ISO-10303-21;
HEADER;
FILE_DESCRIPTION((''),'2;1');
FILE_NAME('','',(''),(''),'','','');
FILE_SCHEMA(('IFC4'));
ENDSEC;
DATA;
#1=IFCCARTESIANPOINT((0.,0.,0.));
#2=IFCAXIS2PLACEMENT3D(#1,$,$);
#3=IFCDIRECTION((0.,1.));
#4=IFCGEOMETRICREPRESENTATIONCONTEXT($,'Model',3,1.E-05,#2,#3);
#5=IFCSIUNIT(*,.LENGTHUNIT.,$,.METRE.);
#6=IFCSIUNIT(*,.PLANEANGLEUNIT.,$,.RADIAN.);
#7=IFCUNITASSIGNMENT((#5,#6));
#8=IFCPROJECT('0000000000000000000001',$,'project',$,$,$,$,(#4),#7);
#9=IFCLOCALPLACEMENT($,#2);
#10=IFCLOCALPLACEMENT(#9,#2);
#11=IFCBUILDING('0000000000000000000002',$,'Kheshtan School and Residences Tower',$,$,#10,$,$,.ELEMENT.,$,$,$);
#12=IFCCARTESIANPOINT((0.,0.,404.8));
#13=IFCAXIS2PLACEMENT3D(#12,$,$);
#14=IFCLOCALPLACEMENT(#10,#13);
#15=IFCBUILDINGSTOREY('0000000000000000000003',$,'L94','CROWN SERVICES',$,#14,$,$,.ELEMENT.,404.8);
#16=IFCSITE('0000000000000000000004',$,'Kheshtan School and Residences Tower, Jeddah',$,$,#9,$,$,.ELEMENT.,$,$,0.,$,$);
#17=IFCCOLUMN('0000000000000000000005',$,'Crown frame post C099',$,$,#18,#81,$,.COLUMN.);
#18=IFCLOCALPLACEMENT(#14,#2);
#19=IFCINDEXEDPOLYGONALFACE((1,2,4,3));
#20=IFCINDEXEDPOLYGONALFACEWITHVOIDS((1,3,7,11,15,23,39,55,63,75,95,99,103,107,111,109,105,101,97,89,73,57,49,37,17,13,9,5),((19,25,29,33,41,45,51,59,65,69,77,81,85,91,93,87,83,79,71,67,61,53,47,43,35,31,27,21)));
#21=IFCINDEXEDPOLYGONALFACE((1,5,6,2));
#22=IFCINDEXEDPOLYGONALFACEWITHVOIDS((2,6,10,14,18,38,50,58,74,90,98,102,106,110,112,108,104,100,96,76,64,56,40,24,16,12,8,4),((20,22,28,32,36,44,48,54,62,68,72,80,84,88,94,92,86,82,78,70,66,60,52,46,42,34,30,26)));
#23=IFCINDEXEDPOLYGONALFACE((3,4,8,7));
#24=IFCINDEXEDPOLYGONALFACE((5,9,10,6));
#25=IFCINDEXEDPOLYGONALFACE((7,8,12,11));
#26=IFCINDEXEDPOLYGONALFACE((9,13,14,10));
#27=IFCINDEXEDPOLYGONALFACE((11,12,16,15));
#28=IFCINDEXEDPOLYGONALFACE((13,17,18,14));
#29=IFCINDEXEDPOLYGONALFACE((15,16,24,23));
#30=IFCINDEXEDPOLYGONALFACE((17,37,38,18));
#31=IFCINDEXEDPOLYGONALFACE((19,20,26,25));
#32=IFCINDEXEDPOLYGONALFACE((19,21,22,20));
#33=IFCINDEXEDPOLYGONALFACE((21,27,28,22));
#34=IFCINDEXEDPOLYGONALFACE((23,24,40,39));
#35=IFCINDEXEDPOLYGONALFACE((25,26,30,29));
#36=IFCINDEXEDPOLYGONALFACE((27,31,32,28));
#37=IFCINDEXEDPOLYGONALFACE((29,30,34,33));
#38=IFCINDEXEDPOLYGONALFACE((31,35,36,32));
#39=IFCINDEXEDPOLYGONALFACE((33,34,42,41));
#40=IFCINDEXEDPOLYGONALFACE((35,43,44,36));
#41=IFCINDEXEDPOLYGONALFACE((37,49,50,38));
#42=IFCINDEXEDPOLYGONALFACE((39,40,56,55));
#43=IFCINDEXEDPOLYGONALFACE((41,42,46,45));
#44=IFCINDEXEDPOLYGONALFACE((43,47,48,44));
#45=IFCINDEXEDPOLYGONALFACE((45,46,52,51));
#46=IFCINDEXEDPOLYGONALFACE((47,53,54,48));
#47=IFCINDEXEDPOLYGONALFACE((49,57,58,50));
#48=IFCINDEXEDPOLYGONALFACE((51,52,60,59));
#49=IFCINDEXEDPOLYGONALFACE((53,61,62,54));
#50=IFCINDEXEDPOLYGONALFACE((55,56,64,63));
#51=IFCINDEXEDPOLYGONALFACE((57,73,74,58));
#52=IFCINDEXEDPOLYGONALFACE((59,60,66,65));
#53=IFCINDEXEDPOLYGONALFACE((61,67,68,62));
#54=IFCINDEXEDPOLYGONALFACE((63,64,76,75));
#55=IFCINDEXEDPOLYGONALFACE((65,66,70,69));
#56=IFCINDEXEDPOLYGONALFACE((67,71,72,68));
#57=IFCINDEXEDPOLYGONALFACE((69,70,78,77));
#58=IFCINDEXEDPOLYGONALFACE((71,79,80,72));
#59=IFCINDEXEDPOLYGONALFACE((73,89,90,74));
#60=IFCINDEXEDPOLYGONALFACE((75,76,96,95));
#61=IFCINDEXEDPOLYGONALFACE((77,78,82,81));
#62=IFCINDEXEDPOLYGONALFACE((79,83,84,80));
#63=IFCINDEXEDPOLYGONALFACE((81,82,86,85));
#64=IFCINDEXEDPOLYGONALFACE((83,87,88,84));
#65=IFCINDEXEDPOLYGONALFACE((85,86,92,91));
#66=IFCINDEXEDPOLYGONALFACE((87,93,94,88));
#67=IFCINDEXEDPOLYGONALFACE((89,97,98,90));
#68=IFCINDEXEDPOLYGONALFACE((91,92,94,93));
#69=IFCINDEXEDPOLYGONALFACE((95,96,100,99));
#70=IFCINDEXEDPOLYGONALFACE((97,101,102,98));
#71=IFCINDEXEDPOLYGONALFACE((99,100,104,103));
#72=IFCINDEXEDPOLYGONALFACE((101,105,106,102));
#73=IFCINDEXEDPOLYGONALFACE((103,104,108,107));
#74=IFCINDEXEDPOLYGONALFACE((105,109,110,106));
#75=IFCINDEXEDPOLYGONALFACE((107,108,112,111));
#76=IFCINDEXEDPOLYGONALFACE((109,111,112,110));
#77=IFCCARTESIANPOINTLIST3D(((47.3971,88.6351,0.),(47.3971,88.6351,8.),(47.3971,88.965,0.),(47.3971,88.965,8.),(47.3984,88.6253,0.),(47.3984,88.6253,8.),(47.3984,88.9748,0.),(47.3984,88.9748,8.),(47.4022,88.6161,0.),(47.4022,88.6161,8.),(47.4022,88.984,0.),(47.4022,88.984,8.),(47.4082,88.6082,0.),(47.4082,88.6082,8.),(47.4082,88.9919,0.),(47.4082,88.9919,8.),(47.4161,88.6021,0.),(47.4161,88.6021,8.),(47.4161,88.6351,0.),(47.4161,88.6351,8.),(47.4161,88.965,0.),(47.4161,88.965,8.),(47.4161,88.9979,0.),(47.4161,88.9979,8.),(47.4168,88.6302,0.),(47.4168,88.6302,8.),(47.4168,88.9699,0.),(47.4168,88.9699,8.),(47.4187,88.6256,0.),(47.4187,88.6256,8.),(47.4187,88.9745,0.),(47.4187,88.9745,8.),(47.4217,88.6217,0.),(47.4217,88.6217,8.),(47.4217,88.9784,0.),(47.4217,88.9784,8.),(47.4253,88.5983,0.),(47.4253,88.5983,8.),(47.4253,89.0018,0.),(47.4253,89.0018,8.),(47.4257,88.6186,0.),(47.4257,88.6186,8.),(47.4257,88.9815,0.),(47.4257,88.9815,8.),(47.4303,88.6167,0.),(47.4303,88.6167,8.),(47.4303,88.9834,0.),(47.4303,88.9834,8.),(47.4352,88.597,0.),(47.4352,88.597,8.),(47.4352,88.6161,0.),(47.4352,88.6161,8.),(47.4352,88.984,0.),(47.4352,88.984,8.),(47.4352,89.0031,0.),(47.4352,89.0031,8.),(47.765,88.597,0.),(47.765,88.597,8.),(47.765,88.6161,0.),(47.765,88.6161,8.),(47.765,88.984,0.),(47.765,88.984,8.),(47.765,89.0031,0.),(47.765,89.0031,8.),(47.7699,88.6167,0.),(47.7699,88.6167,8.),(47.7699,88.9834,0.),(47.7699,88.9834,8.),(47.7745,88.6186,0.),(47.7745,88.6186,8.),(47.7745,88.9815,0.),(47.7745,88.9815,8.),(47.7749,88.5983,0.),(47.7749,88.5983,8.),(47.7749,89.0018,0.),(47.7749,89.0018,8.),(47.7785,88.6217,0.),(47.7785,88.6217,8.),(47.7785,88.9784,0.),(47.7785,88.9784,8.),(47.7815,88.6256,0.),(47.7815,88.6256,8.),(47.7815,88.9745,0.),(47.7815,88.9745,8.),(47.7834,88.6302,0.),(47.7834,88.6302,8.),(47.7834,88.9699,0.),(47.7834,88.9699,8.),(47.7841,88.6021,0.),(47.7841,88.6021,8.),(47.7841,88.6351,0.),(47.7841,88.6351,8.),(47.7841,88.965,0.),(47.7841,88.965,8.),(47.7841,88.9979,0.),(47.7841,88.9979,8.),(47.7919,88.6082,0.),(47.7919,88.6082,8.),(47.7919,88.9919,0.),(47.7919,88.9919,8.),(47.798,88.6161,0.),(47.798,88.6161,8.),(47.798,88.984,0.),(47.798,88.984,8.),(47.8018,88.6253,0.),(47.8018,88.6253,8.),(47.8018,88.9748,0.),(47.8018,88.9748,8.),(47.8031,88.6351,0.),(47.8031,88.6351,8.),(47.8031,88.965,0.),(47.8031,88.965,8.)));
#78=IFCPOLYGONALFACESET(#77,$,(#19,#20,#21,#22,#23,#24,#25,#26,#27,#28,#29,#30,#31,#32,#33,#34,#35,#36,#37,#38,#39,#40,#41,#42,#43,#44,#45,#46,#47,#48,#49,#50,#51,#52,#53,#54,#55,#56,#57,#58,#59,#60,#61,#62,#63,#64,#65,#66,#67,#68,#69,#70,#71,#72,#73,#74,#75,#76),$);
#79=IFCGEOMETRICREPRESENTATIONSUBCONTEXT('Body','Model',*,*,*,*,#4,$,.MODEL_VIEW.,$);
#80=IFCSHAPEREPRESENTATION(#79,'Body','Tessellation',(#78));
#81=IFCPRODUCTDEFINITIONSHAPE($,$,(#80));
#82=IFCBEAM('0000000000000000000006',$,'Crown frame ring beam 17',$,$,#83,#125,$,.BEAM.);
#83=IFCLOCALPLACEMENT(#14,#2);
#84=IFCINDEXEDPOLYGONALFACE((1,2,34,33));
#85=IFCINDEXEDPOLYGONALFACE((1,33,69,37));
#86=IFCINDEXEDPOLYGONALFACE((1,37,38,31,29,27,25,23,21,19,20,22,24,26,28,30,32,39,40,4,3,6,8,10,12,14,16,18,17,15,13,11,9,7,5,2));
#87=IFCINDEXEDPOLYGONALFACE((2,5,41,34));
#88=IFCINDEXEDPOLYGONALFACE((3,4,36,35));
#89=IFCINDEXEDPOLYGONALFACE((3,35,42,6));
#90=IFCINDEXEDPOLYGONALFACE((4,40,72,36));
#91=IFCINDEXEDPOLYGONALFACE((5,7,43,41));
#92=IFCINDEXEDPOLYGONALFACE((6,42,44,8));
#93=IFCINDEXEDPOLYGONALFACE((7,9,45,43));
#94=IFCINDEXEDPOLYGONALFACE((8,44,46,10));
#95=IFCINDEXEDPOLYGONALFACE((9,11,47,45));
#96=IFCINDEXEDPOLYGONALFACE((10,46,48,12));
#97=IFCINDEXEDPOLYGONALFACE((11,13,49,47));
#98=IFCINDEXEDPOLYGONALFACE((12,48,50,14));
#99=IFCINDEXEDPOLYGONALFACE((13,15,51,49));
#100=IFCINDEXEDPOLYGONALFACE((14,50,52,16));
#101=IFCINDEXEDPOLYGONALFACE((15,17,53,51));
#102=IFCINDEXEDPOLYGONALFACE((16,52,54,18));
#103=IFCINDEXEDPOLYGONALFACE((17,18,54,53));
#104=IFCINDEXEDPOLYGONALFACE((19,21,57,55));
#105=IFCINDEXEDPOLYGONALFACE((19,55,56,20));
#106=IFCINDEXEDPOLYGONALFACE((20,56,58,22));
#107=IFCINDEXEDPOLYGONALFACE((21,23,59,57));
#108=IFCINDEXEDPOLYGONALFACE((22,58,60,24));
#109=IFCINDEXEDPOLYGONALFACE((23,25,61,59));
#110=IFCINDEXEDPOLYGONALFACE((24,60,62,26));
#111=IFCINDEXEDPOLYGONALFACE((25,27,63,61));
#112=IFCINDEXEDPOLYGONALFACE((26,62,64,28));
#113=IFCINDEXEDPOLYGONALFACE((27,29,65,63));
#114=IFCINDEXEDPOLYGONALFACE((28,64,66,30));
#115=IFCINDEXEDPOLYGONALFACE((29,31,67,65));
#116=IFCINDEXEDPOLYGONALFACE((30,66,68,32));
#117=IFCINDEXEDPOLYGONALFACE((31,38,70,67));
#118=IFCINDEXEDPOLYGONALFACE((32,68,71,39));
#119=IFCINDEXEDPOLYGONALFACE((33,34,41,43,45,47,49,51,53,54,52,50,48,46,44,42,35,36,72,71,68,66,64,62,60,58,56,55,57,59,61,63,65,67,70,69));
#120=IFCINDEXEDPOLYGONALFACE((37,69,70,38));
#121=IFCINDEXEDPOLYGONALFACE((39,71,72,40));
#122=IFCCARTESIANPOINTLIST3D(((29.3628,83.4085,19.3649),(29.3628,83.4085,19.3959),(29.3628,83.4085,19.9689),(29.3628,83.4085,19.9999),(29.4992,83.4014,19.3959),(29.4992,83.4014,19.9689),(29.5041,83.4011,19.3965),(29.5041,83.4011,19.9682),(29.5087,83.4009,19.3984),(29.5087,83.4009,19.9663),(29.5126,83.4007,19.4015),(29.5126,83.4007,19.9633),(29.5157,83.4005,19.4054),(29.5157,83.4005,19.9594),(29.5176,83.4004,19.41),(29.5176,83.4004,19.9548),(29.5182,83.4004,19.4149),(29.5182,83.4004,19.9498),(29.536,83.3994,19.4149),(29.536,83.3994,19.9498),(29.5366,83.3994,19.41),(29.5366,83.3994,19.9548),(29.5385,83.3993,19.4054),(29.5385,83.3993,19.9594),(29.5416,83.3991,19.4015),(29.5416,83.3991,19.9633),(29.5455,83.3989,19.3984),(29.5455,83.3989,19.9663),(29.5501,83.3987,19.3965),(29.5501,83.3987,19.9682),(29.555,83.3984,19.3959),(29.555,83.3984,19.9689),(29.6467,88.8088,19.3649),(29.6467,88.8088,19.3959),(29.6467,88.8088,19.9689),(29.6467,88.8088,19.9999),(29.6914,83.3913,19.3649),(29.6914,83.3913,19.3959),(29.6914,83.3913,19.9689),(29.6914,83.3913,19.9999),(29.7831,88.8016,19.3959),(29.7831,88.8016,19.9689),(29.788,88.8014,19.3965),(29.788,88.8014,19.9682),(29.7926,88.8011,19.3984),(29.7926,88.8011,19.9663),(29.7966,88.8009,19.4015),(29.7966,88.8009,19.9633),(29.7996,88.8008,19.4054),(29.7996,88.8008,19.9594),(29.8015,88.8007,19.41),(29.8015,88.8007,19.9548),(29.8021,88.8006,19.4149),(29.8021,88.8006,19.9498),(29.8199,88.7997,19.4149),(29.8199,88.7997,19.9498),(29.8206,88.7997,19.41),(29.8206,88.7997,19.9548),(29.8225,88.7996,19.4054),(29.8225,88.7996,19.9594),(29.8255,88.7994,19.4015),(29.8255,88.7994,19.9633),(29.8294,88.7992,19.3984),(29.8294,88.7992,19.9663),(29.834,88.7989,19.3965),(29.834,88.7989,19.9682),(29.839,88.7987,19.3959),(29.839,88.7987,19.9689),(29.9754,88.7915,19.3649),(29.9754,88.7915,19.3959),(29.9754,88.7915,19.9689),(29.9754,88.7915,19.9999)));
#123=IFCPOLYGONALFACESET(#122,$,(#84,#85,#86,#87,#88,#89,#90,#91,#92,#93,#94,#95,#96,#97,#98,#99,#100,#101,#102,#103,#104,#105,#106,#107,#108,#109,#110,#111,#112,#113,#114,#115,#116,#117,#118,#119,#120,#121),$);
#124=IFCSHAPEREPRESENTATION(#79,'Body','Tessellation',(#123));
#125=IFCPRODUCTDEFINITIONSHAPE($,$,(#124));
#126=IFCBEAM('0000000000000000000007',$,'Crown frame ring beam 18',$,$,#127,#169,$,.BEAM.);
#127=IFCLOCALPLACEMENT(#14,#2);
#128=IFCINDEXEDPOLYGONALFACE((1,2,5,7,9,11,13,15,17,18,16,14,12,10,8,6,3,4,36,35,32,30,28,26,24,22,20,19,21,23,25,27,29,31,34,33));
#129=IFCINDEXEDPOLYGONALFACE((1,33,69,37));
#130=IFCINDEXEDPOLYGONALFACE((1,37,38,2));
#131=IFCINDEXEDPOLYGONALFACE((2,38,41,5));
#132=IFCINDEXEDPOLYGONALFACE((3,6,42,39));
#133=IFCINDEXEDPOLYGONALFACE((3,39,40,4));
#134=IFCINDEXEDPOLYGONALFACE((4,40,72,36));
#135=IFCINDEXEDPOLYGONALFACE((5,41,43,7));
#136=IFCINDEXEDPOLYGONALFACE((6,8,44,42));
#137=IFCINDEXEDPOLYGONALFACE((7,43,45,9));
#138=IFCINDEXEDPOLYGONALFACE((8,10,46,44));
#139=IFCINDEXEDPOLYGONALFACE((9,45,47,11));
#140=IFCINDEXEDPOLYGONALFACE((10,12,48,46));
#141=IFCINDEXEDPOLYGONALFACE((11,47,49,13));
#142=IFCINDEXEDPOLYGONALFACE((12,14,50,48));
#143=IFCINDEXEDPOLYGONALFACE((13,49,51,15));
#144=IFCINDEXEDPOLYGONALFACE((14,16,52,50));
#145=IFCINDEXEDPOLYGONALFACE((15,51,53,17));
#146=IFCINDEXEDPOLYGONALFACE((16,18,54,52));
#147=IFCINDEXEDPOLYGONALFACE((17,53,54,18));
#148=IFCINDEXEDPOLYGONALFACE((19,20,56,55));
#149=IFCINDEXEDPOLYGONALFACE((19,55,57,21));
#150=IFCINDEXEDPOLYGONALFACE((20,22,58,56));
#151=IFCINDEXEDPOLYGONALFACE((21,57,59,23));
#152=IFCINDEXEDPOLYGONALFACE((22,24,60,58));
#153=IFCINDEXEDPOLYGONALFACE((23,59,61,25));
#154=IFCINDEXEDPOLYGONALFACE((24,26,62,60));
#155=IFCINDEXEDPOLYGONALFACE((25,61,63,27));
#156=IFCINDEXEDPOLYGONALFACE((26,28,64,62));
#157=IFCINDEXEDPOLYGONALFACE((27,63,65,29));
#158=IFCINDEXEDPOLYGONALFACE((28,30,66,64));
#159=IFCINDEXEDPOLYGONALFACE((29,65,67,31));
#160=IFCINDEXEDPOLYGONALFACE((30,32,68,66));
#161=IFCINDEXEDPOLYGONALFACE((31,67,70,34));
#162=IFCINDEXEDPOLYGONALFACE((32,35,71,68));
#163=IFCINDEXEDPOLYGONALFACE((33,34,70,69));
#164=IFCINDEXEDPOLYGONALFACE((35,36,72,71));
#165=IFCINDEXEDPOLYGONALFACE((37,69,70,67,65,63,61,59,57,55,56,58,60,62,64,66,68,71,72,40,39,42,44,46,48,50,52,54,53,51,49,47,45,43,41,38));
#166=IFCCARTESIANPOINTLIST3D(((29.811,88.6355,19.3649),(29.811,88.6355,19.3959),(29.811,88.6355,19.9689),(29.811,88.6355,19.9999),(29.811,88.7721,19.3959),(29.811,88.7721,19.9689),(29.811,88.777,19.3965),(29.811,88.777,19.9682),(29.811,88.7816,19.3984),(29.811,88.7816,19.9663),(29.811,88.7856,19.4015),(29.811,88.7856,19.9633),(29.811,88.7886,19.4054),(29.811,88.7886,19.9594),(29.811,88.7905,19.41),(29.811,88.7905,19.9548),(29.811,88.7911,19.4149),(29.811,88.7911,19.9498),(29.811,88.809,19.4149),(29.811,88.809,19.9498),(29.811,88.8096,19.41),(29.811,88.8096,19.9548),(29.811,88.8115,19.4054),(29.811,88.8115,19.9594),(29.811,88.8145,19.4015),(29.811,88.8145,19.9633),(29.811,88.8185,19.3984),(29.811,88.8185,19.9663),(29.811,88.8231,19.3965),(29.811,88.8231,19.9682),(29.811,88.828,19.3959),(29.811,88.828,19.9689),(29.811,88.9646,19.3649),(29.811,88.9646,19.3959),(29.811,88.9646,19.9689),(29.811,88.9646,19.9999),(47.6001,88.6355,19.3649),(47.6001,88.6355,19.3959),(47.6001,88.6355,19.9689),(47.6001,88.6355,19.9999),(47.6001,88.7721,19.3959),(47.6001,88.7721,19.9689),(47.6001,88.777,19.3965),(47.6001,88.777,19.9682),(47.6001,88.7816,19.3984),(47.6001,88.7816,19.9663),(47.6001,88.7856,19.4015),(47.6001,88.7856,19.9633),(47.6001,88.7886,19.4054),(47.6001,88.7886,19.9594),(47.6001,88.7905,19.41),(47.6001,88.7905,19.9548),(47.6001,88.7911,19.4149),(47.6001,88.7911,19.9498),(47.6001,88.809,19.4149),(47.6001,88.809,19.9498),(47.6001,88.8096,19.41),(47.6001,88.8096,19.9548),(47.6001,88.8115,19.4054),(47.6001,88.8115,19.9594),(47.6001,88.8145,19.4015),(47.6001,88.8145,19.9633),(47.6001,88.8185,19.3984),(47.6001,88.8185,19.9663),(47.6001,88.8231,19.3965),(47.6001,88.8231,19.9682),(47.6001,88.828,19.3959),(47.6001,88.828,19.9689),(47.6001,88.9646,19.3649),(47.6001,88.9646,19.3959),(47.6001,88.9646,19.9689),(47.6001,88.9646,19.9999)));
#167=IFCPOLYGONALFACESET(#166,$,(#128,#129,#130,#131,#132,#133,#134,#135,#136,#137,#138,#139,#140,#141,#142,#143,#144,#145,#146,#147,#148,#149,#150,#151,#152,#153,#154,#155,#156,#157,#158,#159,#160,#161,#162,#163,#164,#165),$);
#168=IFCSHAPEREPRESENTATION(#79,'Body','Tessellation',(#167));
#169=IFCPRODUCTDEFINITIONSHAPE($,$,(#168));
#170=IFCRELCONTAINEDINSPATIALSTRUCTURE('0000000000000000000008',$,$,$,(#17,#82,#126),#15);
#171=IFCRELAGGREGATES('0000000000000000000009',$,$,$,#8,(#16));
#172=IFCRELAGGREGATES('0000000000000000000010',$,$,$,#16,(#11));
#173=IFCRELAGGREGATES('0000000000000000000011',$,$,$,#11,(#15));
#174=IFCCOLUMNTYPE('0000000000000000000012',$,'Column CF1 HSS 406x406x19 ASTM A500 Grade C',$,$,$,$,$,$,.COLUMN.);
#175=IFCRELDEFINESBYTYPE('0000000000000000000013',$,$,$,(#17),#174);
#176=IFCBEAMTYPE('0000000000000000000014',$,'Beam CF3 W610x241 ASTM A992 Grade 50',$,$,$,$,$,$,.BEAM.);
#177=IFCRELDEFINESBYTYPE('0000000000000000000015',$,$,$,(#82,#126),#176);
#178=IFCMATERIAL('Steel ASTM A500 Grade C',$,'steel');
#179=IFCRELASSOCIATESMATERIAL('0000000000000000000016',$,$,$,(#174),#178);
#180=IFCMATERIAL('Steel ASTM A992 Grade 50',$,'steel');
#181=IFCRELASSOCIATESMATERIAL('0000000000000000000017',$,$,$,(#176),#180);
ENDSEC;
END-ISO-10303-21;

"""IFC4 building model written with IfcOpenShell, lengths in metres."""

from ifc_helpers import new_model, si_unit, direction, frame, origin, origin_2d, place, context, subcontext, project, spatial, hollow_rectangle, i_section, extrude, material, material_profile, profile_set, type_object, element, save


model = new_model("IFC4")

# Units and contexts
model_context = context("Model", 3, precision=1e-05, world=origin(), true_north=direction((0.0, 1.0)))
body_context = subcontext(model_context, "Body", "Model", "MODEL_VIEW")
ifc_project = project(units=[si_unit("LENGTHUNIT", "METRE"), si_unit("PLANEANGLEUNIT", "RADIAN")], contexts=[model_context])

# Site, building, storey
site_placement = place(None, origin())
site = spatial("IfcSite", under=ifc_project, at=site_placement, Name="Kheshtan School and Residences Tower, Jeddah", CompositionType="ELEMENT", RefElevation=0.0)
building_placement = place(site_placement, origin())
building = spatial("IfcBuilding", under=site, at=building_placement, Name="Kheshtan School and Residences Tower", CompositionType="ELEMENT")
storey_placement = place(building_placement, frame((0.0, 0.0, 404.8)))
storey = spatial("IfcBuildingStorey", under=building, at=storey_placement, Name="L94", Description="CROWN SERVICES", CompositionType="ELEMENT", Elevation=404.8)

# Column
ifc_material_1 = material(Name="Steel ASTM A500 Grade C", Category="steel")
ifc_material_profile_1 = material_profile(ifc_material_1, hollow_rectangle(XDim=0.406, YDim=0.406, WallThickness=0.019, InnerFilletRadius=0.019, OuterFilletRadius=0.0381, at=origin_2d()), Name="HSS 406x406x19")
ifc_profile_set_1 = profile_set([ifc_material_profile_1], Name="Steel ASTM A500 Grade C")
column_type = type_object("IfcColumnType", Name="Column CF1 HSS 406x406x19 ASTM A500 Grade C", PredefinedType="COLUMN", material=ifc_profile_set_1)
for number, where, z_axis, x_axis, name in (
    (1, (47.6001, 88.8, 0.0), (0.0, 0.0, 1.0), (1.0, 0.0, 0.0), "Crown frame post C099"),
):
    element("IfcColumn", number, at=place(storey_placement, frame(where, z_axis=z_axis, x_axis=x_axis)), inside=storey, type_object=column_type, Name=name, PredefinedType="COLUMN", context=body_context, shape_type="SweptSolid", body=[
        extrude(hollow_rectangle(XDim=0.406, YDim=0.406, WallThickness=0.019, InnerFilletRadius=0.019, OuterFilletRadius=0.0381, at=origin_2d()), origin(), (0.0, 0.0, 1.0), 8.0),
    ])

# Beams
ifc_material_2 = material(Name="Steel ASTM A992 Grade 50", Category="steel")
ifc_material_profile_2 = material_profile(ifc_material_2, i_section(OverallWidth=0.3291, OverallDepth=0.635, WebThickness=0.0178, FlangeThickness=0.031, FilletRadius=0.019, at=origin_2d()), Name="W610x241")
ifc_profile_set_2 = profile_set([ifc_material_profile_2], Name="Steel ASTM A992 Grade 50")
beam_type_1 = type_object("IfcBeamType", Name="Beam CF3 W610x241 ASTM A992 Grade 50", PredefinedType="BEAM", material=ifc_profile_set_2)
beam_1_placement = place(storey_placement, frame((29.5271, 83.3999, 19.6824), z_axis=(0.052507, 0.998621, 0.0), x_axis=(-0.998621, 0.052507, 0.0)))
element("IfcBeam", 2, at=beam_1_placement, inside=storey, type_object=beam_type_1, Name="Crown frame ring beam 17", PredefinedType="BEAM", context=body_context, shape_type="SweptSolid", body=[
    extrude(i_section(OverallWidth=0.3291, OverallDepth=0.635, WebThickness=0.0178, FlangeThickness=0.031, FilletRadius=0.019, at=origin_2d()), origin(), (0.0, 0.0, 1.0), 5.4077),
])
beam_2_placement = place(storey_placement, frame((29.811, 88.8, 19.6824), z_axis=(1.0, 0.0, 0.0), x_axis=(0.0, 1.0, 0.0)))
element("IfcBeam", 3, at=beam_2_placement, inside=storey, type_object=beam_type_1, Name="Crown frame ring beam 18", PredefinedType="BEAM", context=body_context, shape_type="SweptSolid", body=[
    extrude(i_section(OverallWidth=0.3291, OverallDepth=0.635, WebThickness=0.0178, FlangeThickness=0.031, FilletRadius=0.019, at=origin_2d()), origin(), (0.0, 0.0, 1.0), 17.7891),
])

save(model, "model.ifc")
